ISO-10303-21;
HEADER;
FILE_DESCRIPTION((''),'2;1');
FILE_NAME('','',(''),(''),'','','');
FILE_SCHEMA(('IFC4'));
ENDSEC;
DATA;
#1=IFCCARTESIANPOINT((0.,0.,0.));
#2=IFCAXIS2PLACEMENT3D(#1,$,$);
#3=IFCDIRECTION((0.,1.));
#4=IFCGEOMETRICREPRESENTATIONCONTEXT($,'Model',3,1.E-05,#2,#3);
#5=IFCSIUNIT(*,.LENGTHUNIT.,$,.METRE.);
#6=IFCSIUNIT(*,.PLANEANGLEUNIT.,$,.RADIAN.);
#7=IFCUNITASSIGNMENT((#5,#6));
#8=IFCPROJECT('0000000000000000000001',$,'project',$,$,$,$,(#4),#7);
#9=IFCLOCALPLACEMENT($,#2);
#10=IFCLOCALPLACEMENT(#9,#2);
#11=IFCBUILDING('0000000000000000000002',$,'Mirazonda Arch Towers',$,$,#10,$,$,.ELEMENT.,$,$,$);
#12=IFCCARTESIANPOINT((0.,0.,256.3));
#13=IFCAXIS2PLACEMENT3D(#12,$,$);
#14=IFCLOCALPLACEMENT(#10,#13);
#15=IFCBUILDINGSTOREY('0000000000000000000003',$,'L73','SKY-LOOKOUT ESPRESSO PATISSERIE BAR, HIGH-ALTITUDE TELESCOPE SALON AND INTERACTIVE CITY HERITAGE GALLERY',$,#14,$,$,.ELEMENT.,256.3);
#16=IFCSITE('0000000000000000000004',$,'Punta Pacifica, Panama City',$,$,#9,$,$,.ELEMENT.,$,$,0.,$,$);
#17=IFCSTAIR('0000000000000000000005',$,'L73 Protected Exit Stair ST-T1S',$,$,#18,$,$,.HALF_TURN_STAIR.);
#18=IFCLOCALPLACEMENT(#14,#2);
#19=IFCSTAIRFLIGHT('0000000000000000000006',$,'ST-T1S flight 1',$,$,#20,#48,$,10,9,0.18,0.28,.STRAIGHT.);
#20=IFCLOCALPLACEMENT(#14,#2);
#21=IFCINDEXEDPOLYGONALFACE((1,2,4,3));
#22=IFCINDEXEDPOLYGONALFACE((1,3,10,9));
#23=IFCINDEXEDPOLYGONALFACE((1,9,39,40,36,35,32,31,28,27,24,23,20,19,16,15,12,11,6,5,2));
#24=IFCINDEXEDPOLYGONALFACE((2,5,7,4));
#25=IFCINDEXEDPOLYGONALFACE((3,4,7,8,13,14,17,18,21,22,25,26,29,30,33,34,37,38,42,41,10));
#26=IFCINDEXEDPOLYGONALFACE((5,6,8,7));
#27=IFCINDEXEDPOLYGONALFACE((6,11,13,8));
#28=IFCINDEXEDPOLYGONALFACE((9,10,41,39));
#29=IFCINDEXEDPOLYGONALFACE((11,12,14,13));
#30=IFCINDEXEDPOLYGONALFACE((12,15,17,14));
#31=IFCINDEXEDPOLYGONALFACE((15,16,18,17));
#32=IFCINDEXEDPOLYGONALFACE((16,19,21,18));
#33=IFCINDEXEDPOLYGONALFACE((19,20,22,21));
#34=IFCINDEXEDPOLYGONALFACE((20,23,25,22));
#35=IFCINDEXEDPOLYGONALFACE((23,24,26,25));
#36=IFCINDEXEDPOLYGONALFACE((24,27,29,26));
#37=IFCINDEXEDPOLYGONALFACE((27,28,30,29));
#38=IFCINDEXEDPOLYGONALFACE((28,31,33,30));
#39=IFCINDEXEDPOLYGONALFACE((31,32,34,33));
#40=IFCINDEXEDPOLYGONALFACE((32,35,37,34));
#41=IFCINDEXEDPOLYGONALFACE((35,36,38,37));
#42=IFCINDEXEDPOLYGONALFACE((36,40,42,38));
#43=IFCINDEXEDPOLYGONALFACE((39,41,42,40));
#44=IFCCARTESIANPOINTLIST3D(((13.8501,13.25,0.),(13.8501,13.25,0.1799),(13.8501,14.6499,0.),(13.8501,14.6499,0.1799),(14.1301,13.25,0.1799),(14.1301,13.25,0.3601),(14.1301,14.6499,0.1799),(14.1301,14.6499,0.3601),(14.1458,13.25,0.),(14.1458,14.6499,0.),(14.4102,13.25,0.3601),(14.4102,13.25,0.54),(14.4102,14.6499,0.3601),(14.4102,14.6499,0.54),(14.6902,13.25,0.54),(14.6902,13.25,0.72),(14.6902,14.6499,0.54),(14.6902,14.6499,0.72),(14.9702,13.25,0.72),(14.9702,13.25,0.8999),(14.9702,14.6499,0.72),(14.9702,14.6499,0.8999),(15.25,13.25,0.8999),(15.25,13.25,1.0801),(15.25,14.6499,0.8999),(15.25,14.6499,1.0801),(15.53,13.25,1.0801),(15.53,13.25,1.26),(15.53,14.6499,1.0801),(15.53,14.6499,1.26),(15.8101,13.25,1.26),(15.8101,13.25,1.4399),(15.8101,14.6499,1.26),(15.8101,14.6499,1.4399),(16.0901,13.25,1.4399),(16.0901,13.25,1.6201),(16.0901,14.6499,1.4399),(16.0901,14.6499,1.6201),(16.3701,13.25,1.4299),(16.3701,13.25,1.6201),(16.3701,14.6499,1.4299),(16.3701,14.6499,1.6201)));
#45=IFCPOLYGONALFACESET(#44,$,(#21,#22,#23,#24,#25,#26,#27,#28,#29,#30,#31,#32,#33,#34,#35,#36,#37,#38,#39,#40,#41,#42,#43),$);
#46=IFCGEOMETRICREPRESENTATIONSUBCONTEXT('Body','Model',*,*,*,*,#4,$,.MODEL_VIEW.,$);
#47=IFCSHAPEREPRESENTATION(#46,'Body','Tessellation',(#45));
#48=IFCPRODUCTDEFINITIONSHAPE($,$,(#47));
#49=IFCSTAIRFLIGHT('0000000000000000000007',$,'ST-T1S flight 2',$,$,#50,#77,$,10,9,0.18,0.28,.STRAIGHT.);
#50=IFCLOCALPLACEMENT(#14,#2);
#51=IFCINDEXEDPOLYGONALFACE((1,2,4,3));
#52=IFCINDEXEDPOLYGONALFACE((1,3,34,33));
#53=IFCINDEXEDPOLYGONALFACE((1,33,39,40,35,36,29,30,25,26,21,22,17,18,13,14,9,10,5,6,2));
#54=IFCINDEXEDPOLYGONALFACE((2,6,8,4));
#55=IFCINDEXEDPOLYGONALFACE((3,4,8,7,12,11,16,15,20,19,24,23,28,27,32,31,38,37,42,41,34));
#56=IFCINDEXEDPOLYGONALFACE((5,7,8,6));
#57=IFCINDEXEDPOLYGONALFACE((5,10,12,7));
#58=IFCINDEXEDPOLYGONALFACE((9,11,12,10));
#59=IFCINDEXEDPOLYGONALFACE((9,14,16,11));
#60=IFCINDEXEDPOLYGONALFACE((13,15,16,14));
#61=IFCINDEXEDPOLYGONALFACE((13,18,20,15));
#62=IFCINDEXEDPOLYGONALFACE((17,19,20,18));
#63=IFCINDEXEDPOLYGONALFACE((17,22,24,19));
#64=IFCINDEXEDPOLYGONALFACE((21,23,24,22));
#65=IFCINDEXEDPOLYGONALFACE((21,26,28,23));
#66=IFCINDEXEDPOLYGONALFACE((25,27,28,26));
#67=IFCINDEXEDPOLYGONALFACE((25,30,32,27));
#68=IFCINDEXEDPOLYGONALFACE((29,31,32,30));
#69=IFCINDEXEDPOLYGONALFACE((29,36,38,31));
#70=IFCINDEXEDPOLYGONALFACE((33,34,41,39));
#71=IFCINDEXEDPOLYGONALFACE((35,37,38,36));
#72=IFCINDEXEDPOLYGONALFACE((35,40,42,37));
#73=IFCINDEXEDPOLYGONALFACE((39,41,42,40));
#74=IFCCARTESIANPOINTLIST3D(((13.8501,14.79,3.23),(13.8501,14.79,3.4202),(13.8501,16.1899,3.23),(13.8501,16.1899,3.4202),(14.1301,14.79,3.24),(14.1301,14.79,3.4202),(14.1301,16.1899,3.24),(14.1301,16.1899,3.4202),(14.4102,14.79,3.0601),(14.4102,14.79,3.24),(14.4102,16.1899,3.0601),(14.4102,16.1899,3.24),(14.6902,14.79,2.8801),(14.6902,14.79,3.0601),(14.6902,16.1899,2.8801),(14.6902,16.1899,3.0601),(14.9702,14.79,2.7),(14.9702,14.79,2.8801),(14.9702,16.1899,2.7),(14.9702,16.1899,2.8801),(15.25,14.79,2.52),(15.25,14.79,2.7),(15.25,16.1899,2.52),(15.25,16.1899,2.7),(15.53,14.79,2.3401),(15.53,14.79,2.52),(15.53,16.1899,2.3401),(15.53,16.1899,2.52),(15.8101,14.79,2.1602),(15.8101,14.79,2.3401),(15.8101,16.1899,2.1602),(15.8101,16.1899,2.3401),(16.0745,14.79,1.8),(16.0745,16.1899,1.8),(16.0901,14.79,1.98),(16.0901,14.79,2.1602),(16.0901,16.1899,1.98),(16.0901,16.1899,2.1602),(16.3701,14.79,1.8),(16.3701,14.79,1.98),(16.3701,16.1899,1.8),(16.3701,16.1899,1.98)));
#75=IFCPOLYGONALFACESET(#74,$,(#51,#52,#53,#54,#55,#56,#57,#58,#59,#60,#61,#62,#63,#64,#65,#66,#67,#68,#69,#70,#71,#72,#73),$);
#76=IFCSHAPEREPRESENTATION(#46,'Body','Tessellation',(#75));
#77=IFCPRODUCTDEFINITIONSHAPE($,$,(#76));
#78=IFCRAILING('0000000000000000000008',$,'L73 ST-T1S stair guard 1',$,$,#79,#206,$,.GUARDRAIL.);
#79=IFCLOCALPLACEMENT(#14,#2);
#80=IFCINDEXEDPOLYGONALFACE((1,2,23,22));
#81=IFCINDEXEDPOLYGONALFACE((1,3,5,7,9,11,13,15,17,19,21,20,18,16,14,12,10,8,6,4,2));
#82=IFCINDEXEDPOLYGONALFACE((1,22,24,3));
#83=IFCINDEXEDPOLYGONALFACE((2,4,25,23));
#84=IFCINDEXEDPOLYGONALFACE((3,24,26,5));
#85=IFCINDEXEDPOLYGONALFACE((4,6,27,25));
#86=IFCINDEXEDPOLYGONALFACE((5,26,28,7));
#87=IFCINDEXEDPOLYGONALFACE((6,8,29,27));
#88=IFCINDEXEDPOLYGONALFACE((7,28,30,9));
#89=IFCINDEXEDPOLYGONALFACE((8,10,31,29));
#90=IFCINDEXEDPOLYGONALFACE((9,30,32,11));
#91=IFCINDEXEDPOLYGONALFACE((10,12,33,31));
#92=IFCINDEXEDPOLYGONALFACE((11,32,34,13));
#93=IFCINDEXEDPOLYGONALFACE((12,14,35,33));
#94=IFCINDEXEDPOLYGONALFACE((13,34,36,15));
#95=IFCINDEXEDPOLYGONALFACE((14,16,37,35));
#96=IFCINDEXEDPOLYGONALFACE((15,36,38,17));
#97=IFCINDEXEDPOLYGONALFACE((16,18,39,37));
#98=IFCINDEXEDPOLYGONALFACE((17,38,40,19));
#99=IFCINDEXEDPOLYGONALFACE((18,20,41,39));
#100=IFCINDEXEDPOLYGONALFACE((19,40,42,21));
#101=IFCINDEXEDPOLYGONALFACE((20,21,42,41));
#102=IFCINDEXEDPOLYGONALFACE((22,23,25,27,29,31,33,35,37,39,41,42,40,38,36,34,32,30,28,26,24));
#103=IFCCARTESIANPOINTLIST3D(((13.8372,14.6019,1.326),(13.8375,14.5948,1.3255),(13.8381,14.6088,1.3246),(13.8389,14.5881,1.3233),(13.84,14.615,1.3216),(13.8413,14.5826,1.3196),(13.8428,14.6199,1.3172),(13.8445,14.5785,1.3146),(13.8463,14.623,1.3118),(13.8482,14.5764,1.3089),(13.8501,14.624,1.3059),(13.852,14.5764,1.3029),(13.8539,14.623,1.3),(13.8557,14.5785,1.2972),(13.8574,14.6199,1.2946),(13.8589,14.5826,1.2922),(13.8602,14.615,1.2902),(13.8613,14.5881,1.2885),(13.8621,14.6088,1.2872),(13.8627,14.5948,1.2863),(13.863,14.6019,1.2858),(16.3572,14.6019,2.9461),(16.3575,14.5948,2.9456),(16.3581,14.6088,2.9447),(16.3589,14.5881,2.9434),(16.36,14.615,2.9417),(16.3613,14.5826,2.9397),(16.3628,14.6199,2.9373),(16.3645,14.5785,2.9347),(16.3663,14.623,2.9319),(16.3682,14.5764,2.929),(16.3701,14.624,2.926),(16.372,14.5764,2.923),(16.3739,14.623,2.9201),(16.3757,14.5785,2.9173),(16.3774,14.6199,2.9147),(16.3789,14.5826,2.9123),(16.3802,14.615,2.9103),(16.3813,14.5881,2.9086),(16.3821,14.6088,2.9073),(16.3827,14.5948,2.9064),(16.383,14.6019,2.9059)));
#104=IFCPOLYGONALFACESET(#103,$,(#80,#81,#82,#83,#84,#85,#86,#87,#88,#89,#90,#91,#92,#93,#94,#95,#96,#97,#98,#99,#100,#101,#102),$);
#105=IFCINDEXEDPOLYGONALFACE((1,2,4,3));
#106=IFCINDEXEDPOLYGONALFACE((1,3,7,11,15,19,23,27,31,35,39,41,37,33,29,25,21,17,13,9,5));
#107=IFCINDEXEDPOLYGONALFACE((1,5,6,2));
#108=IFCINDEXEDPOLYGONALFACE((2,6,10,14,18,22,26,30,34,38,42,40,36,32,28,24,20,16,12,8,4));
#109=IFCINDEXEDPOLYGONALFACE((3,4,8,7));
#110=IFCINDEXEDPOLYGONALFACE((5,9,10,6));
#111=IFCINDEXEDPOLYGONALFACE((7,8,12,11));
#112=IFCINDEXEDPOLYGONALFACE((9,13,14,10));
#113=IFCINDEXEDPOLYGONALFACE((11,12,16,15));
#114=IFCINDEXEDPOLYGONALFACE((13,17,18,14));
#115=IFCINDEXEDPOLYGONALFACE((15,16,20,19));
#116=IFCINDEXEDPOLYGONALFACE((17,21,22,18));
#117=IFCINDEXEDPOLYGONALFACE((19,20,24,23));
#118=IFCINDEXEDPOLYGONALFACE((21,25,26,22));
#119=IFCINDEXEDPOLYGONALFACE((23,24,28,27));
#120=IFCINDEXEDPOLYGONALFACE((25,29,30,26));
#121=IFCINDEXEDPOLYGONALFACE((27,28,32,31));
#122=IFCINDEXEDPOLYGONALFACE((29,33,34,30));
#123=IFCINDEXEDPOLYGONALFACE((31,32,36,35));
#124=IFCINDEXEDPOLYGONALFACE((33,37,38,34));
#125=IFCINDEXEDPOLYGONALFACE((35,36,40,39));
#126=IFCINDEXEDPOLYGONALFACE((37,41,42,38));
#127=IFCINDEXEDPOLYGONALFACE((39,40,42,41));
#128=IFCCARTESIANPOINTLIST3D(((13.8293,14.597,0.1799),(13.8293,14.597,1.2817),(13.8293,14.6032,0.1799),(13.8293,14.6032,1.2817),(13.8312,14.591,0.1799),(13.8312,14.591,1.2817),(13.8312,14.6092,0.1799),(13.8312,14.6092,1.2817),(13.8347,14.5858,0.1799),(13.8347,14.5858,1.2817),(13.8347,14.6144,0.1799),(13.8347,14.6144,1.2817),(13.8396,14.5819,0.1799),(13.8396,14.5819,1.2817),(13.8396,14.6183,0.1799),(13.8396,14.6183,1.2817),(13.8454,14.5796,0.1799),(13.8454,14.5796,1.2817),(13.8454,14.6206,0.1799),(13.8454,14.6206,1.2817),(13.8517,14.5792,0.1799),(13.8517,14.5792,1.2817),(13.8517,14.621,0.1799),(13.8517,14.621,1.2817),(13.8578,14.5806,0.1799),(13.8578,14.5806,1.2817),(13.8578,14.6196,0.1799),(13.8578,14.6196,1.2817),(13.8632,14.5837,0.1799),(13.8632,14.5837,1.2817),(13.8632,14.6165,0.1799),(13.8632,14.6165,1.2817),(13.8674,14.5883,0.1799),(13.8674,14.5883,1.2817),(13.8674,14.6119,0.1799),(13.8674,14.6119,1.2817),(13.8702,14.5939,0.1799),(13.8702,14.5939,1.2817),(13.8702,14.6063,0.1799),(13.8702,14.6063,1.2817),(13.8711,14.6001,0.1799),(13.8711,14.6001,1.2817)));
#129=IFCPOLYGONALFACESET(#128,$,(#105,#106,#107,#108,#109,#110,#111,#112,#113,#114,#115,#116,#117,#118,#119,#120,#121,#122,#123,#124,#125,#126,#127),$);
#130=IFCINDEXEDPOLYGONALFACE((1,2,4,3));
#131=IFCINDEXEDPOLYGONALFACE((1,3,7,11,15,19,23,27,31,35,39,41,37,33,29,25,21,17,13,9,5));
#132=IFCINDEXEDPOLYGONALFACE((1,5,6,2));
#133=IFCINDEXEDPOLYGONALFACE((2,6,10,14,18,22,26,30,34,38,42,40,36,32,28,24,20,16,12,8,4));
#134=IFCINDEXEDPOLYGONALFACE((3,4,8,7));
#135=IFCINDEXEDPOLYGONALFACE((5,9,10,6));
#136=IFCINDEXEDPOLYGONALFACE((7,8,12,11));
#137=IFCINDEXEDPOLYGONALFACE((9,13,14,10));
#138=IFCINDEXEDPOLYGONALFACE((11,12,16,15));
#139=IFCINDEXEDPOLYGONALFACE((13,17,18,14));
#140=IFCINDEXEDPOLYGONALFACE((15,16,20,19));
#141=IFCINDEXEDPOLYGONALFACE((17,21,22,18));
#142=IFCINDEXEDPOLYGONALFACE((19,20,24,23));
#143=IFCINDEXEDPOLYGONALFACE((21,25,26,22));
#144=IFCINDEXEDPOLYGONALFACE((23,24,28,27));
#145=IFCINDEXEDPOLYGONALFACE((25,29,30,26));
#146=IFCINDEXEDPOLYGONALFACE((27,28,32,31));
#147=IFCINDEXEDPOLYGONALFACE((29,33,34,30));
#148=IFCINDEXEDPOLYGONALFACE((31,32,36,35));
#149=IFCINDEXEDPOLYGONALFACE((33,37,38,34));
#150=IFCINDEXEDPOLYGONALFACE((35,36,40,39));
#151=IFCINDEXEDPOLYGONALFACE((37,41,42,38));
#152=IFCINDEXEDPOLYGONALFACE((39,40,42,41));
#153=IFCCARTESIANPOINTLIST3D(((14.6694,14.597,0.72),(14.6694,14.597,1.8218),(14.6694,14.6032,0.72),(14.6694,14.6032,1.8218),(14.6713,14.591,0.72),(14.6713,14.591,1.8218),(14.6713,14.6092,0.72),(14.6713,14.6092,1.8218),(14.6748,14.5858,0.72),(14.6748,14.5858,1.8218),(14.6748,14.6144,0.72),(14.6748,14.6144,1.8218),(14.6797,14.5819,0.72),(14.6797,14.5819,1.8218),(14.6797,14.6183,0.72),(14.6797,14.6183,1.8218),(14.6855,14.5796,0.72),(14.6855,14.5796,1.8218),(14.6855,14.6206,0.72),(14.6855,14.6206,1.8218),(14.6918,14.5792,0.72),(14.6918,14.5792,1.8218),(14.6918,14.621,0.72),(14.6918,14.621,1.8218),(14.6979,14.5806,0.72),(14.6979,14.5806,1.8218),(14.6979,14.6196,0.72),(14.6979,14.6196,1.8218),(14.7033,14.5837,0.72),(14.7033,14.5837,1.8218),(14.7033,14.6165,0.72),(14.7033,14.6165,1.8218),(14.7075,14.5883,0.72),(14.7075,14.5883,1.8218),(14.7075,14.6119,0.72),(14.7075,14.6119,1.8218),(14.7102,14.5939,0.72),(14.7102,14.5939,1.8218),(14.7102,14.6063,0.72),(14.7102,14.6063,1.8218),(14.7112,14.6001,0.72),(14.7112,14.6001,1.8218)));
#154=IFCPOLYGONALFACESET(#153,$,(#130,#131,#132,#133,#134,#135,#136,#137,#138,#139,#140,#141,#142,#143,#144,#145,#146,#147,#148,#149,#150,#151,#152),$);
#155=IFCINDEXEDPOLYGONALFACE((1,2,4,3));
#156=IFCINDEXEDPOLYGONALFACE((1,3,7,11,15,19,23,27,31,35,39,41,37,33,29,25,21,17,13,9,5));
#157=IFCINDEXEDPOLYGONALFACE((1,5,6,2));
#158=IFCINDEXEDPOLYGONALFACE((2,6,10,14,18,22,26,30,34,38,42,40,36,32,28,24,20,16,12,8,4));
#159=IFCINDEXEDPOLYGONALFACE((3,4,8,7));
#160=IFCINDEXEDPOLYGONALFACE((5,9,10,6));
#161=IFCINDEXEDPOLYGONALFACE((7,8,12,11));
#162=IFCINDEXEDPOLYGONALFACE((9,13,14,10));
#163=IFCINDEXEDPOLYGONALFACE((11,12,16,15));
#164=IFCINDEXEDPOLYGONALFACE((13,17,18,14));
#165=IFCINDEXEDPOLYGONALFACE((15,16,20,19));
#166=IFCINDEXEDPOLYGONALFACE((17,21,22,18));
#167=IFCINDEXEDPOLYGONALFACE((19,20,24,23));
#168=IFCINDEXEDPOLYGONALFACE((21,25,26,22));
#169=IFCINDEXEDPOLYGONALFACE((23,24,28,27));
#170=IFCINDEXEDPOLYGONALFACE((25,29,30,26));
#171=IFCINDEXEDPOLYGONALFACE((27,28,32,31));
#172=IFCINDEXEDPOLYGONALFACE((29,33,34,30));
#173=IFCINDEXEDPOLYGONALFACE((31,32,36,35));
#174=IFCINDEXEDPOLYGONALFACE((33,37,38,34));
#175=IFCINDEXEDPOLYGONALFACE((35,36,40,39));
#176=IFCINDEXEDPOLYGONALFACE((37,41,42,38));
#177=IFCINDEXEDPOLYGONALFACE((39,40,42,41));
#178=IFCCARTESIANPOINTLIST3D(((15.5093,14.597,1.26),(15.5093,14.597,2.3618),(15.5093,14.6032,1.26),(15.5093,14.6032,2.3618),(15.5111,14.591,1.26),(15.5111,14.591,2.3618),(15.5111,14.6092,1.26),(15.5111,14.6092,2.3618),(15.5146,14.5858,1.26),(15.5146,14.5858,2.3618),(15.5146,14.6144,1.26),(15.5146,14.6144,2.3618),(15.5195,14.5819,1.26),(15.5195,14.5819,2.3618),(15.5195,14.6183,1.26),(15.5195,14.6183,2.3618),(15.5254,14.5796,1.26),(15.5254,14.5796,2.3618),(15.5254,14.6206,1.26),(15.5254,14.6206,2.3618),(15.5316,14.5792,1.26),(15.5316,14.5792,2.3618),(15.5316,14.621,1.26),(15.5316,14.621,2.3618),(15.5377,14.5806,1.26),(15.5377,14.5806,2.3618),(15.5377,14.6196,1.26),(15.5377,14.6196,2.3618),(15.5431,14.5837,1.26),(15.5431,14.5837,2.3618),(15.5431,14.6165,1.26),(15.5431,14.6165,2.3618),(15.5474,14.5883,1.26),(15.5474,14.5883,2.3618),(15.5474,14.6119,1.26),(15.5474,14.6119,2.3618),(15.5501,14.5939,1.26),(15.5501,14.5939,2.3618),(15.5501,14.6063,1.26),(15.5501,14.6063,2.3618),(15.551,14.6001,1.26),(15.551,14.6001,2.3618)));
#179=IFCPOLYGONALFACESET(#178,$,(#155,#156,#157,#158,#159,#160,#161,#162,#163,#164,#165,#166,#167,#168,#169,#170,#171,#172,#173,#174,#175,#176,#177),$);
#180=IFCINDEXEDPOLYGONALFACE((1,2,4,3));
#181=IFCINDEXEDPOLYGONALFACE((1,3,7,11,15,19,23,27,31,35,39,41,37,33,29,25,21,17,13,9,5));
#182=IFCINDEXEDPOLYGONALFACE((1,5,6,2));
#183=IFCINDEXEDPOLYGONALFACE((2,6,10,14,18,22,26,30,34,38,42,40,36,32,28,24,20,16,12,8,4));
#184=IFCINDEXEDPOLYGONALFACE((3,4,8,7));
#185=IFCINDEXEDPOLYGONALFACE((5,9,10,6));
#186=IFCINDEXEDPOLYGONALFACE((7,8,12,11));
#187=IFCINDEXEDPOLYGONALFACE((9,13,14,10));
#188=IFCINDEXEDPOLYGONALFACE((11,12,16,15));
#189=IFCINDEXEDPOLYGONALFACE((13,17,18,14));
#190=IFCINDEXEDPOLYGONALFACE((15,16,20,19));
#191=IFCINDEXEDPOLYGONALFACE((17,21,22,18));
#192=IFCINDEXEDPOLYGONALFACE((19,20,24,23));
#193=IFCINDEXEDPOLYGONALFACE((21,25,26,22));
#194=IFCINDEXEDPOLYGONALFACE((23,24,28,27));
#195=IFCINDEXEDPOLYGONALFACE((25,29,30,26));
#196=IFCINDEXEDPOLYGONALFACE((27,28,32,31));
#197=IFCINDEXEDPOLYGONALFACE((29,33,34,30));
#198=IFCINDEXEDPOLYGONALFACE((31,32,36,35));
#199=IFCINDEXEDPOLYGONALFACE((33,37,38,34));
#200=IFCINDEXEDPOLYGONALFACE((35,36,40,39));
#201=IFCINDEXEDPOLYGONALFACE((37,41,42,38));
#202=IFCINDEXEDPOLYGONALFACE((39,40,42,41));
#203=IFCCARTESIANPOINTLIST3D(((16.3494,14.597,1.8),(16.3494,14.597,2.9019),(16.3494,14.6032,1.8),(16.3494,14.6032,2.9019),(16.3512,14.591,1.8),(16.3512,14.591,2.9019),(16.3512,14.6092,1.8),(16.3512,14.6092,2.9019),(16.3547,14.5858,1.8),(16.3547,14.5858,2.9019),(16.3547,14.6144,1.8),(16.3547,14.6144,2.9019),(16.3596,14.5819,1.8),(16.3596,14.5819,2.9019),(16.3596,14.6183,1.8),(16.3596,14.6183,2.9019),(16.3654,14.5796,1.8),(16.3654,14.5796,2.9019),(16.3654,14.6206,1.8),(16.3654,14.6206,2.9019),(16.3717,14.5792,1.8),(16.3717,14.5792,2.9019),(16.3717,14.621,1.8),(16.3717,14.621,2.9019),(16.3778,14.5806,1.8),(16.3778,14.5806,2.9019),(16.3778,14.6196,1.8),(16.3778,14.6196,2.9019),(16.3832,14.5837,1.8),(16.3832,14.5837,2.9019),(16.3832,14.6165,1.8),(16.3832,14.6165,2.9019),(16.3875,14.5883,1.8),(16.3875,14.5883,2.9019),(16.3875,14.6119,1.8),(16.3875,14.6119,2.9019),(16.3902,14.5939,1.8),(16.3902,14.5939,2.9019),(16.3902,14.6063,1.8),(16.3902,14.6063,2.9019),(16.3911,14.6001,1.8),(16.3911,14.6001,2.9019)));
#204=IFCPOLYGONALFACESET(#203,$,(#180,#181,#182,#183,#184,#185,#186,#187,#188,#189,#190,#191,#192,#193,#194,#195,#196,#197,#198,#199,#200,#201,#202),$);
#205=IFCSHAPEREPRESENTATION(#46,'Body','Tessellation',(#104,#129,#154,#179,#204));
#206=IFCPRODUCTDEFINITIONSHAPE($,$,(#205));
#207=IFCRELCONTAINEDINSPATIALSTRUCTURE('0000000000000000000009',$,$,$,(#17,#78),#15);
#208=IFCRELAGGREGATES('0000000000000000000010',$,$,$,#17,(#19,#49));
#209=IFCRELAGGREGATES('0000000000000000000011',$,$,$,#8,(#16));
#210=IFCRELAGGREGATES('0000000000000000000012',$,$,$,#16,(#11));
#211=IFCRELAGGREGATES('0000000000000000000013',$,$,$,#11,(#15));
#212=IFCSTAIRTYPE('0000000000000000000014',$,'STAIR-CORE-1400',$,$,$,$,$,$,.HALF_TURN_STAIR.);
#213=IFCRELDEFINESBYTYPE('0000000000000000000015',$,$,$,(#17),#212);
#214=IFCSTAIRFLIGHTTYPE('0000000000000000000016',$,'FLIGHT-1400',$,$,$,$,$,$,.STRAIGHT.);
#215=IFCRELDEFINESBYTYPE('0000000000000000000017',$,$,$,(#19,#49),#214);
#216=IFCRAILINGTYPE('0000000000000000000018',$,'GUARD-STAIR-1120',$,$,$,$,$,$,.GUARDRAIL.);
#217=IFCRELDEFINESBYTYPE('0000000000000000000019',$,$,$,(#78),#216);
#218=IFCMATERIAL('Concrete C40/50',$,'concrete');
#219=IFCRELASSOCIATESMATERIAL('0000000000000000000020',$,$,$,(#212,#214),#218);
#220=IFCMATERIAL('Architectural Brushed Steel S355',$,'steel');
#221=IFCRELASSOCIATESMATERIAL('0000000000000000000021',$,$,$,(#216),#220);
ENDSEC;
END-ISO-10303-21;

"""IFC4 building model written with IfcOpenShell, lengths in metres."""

from ifc_helpers import new_model, si_unit, direction, frame, origin, origin_2d, place, context, subcontext, project, spatial, polyline, circle, outline, extrude, material, type_object, element, aggregate, save


model = new_model("IFC4")

# Units and contexts
model_context = context("Model", 3, precision=1e-05, world=origin(), true_north=direction((0.0, 1.0)))
body_context = subcontext(model_context, "Body", "Model", "MODEL_VIEW")
ifc_project = project(units=[si_unit("LENGTHUNIT", "METRE"), si_unit("PLANEANGLEUNIT", "RADIAN")], contexts=[model_context])

# Site, building, storey
site_placement = place(None, origin())
site = spatial("IfcSite", under=ifc_project, at=site_placement, Name="Punta Pacifica, Panama City", CompositionType="ELEMENT", RefElevation=0.0)
building_placement = place(site_placement, origin())
building = spatial("IfcBuilding", under=site, at=building_placement, Name="Mirazonda Arch Towers", CompositionType="ELEMENT")
storey_placement = place(building_placement, frame((0.0, 0.0, 256.3)))
storey = spatial("IfcBuildingStorey", under=building, at=storey_placement, Name="L73", Description="SKY-LOOKOUT ESPRESSO PATISSERIE BAR, HIGH-ALTITUDE TELESCOPE SALON AND INTERACTIVE CITY HERITAGE GALLERY", CompositionType="ELEMENT", Elevation=256.3)

# Stair, stair flights
ifc_material_1 = material(Name="Concrete C40/50", Category="concrete")
stair_type = type_object("IfcStairType", Name="STAIR-CORE-1400", PredefinedType="HALF_TURN_STAIR", material=ifc_material_1)
stair_placement = place(storey_placement, origin())
stair = element("IfcStair", 1, at=stair_placement, inside=storey, type_object=stair_type, Name="L73 Protected Exit Stair ST-T1S", PredefinedType="HALF_TURN_STAIR")
stair_flight_type = type_object("IfcStairFlightType", Name="FLIGHT-1400", PredefinedType="STRAIGHT", material=ifc_material_1)
stair_flight_1_placement = place(storey_placement, frame((13.8501, 13.95, 0.0), z_axis=(0.0, 0.0, 1.0), x_axis=(1.0, 0.0, 0.0)))
stair_flight_1 = element("IfcStairFlight", 2, at=stair_flight_1_placement, type_object=stair_flight_type, Name="ST-T1S flight 1", NumberOfRisers=10, NumberOfTreads=9, PredefinedType="STRAIGHT", RiserHeight=0.18, TreadLength=0.28, context=body_context, shape_type="SweptSolid", body=[
    extrude(outline(polyline([(0.0, 0.0), (0.0, 0.1799), (0.28, 0.1799), (0.28, 0.3601), (0.5601, 0.3601), (0.5601, 0.54), (0.8401, 0.54), (0.8401, 0.72), (1.1201, 0.72), (1.1201, 0.8999), (1.3999, 0.8999), (1.3999, 1.0801), (1.6799, 1.0801), (1.6799, 1.26), (1.96, 1.26), (1.96, 1.4399), (2.24, 1.4399), (2.24, 1.6201), (2.52, 1.6201), (2.52, 1.8), (2.52, 1.4299), (0.2957, 0.0), (0.0, 0.0)])), frame((0.0, 0.7, 0.0), z_axis=(0.0, -1.0, 0.0), x_axis=(1.0, 0.0, 0.0)), (0.0, 0.0, 1.0), 1.3999),
])
stair_flight_2_placement = place(storey_placement, frame((16.3701, 15.49, 1.8), z_axis=(0.0, 0.0, 1.0), x_axis=(-1.0, 0.0, 0.0)))
stair_flight_2 = element("IfcStairFlight", 3, at=stair_flight_2_placement, type_object=stair_flight_type, Name="ST-T1S flight 2", NumberOfRisers=10, NumberOfTreads=9, PredefinedType="STRAIGHT", RiserHeight=0.18, TreadLength=0.28, context=body_context, shape_type="SweptSolid", body=[
    extrude(outline(polyline([(0.0, 0.0), (0.0, 0.1799), (0.28, 0.1799), (0.28, 0.3601), (0.5601, 0.3601), (0.5601, 0.54), (0.8401, 0.54), (0.8401, 0.72), (1.1201, 0.72), (1.1201, 0.8999), (1.3999, 0.8999), (1.3999, 1.0801), (1.6799, 1.0801), (1.6799, 1.26), (1.96, 1.26), (1.96, 1.4399), (2.24, 1.4399), (2.24, 1.6201), (2.52, 1.6201), (2.52, 1.8), (2.52, 1.4299), (0.2957, 0.0), (0.0, 0.0)])), frame((0.0, 0.7, 0.0), z_axis=(0.0, -1.0, 0.0), x_axis=(1.0, 0.0, 0.0)), (0.0, 0.0, 1.0), 1.3999),
])
aggregate(stair, [stair_flight_1, stair_flight_2])

# Railing
ifc_material_2 = material(Name="Architectural Brushed Steel S355", Category="steel")
railing_type_1 = type_object("IfcRailingType", Name="GUARD-STAIR-1120", PredefinedType="GUARDRAIL", material=ifc_material_2)
railing_1_placement = place(storey_placement, frame((13.8501, 14.6001, 0.1799)))
element("IfcRailing", 4, at=railing_1_placement, inside=storey, type_object=railing_type_1, Name="L73 ST-T1S stair guard 1", PredefinedType="GUARDRAIL", context=body_context, shape_type="SweptSolid", body=[
    extrude(circle(Radius=0.0239, at=origin_2d()), frame((0.0, 0.0, 1.126), z_axis=(0.841163, 0.0, 0.540782), x_axis=(0.0, 1.0, 0.0)), (0.0, 0.0, 1.0), 2.9958),
    extrude(circle(Radius=0.021, at=origin_2d()), origin(), (0.0, 0.0, 1.0), 1.1018),
    extrude(circle(Radius=0.021, at=origin_2d()), frame((0.8401, 0.0, 0.54)), (0.0, 0.0, 1.0), 1.1018),
    extrude(circle(Radius=0.021, at=origin_2d()), frame((1.6799, 0.0, 1.0801)), (0.0, 0.0, 1.0), 1.1018),
    extrude(circle(Radius=0.021, at=origin_2d()), frame((2.52, 0.0, 1.6201)), (0.0, 0.0, 1.0), 1.1018),
])

save(model, "model.ifc")
